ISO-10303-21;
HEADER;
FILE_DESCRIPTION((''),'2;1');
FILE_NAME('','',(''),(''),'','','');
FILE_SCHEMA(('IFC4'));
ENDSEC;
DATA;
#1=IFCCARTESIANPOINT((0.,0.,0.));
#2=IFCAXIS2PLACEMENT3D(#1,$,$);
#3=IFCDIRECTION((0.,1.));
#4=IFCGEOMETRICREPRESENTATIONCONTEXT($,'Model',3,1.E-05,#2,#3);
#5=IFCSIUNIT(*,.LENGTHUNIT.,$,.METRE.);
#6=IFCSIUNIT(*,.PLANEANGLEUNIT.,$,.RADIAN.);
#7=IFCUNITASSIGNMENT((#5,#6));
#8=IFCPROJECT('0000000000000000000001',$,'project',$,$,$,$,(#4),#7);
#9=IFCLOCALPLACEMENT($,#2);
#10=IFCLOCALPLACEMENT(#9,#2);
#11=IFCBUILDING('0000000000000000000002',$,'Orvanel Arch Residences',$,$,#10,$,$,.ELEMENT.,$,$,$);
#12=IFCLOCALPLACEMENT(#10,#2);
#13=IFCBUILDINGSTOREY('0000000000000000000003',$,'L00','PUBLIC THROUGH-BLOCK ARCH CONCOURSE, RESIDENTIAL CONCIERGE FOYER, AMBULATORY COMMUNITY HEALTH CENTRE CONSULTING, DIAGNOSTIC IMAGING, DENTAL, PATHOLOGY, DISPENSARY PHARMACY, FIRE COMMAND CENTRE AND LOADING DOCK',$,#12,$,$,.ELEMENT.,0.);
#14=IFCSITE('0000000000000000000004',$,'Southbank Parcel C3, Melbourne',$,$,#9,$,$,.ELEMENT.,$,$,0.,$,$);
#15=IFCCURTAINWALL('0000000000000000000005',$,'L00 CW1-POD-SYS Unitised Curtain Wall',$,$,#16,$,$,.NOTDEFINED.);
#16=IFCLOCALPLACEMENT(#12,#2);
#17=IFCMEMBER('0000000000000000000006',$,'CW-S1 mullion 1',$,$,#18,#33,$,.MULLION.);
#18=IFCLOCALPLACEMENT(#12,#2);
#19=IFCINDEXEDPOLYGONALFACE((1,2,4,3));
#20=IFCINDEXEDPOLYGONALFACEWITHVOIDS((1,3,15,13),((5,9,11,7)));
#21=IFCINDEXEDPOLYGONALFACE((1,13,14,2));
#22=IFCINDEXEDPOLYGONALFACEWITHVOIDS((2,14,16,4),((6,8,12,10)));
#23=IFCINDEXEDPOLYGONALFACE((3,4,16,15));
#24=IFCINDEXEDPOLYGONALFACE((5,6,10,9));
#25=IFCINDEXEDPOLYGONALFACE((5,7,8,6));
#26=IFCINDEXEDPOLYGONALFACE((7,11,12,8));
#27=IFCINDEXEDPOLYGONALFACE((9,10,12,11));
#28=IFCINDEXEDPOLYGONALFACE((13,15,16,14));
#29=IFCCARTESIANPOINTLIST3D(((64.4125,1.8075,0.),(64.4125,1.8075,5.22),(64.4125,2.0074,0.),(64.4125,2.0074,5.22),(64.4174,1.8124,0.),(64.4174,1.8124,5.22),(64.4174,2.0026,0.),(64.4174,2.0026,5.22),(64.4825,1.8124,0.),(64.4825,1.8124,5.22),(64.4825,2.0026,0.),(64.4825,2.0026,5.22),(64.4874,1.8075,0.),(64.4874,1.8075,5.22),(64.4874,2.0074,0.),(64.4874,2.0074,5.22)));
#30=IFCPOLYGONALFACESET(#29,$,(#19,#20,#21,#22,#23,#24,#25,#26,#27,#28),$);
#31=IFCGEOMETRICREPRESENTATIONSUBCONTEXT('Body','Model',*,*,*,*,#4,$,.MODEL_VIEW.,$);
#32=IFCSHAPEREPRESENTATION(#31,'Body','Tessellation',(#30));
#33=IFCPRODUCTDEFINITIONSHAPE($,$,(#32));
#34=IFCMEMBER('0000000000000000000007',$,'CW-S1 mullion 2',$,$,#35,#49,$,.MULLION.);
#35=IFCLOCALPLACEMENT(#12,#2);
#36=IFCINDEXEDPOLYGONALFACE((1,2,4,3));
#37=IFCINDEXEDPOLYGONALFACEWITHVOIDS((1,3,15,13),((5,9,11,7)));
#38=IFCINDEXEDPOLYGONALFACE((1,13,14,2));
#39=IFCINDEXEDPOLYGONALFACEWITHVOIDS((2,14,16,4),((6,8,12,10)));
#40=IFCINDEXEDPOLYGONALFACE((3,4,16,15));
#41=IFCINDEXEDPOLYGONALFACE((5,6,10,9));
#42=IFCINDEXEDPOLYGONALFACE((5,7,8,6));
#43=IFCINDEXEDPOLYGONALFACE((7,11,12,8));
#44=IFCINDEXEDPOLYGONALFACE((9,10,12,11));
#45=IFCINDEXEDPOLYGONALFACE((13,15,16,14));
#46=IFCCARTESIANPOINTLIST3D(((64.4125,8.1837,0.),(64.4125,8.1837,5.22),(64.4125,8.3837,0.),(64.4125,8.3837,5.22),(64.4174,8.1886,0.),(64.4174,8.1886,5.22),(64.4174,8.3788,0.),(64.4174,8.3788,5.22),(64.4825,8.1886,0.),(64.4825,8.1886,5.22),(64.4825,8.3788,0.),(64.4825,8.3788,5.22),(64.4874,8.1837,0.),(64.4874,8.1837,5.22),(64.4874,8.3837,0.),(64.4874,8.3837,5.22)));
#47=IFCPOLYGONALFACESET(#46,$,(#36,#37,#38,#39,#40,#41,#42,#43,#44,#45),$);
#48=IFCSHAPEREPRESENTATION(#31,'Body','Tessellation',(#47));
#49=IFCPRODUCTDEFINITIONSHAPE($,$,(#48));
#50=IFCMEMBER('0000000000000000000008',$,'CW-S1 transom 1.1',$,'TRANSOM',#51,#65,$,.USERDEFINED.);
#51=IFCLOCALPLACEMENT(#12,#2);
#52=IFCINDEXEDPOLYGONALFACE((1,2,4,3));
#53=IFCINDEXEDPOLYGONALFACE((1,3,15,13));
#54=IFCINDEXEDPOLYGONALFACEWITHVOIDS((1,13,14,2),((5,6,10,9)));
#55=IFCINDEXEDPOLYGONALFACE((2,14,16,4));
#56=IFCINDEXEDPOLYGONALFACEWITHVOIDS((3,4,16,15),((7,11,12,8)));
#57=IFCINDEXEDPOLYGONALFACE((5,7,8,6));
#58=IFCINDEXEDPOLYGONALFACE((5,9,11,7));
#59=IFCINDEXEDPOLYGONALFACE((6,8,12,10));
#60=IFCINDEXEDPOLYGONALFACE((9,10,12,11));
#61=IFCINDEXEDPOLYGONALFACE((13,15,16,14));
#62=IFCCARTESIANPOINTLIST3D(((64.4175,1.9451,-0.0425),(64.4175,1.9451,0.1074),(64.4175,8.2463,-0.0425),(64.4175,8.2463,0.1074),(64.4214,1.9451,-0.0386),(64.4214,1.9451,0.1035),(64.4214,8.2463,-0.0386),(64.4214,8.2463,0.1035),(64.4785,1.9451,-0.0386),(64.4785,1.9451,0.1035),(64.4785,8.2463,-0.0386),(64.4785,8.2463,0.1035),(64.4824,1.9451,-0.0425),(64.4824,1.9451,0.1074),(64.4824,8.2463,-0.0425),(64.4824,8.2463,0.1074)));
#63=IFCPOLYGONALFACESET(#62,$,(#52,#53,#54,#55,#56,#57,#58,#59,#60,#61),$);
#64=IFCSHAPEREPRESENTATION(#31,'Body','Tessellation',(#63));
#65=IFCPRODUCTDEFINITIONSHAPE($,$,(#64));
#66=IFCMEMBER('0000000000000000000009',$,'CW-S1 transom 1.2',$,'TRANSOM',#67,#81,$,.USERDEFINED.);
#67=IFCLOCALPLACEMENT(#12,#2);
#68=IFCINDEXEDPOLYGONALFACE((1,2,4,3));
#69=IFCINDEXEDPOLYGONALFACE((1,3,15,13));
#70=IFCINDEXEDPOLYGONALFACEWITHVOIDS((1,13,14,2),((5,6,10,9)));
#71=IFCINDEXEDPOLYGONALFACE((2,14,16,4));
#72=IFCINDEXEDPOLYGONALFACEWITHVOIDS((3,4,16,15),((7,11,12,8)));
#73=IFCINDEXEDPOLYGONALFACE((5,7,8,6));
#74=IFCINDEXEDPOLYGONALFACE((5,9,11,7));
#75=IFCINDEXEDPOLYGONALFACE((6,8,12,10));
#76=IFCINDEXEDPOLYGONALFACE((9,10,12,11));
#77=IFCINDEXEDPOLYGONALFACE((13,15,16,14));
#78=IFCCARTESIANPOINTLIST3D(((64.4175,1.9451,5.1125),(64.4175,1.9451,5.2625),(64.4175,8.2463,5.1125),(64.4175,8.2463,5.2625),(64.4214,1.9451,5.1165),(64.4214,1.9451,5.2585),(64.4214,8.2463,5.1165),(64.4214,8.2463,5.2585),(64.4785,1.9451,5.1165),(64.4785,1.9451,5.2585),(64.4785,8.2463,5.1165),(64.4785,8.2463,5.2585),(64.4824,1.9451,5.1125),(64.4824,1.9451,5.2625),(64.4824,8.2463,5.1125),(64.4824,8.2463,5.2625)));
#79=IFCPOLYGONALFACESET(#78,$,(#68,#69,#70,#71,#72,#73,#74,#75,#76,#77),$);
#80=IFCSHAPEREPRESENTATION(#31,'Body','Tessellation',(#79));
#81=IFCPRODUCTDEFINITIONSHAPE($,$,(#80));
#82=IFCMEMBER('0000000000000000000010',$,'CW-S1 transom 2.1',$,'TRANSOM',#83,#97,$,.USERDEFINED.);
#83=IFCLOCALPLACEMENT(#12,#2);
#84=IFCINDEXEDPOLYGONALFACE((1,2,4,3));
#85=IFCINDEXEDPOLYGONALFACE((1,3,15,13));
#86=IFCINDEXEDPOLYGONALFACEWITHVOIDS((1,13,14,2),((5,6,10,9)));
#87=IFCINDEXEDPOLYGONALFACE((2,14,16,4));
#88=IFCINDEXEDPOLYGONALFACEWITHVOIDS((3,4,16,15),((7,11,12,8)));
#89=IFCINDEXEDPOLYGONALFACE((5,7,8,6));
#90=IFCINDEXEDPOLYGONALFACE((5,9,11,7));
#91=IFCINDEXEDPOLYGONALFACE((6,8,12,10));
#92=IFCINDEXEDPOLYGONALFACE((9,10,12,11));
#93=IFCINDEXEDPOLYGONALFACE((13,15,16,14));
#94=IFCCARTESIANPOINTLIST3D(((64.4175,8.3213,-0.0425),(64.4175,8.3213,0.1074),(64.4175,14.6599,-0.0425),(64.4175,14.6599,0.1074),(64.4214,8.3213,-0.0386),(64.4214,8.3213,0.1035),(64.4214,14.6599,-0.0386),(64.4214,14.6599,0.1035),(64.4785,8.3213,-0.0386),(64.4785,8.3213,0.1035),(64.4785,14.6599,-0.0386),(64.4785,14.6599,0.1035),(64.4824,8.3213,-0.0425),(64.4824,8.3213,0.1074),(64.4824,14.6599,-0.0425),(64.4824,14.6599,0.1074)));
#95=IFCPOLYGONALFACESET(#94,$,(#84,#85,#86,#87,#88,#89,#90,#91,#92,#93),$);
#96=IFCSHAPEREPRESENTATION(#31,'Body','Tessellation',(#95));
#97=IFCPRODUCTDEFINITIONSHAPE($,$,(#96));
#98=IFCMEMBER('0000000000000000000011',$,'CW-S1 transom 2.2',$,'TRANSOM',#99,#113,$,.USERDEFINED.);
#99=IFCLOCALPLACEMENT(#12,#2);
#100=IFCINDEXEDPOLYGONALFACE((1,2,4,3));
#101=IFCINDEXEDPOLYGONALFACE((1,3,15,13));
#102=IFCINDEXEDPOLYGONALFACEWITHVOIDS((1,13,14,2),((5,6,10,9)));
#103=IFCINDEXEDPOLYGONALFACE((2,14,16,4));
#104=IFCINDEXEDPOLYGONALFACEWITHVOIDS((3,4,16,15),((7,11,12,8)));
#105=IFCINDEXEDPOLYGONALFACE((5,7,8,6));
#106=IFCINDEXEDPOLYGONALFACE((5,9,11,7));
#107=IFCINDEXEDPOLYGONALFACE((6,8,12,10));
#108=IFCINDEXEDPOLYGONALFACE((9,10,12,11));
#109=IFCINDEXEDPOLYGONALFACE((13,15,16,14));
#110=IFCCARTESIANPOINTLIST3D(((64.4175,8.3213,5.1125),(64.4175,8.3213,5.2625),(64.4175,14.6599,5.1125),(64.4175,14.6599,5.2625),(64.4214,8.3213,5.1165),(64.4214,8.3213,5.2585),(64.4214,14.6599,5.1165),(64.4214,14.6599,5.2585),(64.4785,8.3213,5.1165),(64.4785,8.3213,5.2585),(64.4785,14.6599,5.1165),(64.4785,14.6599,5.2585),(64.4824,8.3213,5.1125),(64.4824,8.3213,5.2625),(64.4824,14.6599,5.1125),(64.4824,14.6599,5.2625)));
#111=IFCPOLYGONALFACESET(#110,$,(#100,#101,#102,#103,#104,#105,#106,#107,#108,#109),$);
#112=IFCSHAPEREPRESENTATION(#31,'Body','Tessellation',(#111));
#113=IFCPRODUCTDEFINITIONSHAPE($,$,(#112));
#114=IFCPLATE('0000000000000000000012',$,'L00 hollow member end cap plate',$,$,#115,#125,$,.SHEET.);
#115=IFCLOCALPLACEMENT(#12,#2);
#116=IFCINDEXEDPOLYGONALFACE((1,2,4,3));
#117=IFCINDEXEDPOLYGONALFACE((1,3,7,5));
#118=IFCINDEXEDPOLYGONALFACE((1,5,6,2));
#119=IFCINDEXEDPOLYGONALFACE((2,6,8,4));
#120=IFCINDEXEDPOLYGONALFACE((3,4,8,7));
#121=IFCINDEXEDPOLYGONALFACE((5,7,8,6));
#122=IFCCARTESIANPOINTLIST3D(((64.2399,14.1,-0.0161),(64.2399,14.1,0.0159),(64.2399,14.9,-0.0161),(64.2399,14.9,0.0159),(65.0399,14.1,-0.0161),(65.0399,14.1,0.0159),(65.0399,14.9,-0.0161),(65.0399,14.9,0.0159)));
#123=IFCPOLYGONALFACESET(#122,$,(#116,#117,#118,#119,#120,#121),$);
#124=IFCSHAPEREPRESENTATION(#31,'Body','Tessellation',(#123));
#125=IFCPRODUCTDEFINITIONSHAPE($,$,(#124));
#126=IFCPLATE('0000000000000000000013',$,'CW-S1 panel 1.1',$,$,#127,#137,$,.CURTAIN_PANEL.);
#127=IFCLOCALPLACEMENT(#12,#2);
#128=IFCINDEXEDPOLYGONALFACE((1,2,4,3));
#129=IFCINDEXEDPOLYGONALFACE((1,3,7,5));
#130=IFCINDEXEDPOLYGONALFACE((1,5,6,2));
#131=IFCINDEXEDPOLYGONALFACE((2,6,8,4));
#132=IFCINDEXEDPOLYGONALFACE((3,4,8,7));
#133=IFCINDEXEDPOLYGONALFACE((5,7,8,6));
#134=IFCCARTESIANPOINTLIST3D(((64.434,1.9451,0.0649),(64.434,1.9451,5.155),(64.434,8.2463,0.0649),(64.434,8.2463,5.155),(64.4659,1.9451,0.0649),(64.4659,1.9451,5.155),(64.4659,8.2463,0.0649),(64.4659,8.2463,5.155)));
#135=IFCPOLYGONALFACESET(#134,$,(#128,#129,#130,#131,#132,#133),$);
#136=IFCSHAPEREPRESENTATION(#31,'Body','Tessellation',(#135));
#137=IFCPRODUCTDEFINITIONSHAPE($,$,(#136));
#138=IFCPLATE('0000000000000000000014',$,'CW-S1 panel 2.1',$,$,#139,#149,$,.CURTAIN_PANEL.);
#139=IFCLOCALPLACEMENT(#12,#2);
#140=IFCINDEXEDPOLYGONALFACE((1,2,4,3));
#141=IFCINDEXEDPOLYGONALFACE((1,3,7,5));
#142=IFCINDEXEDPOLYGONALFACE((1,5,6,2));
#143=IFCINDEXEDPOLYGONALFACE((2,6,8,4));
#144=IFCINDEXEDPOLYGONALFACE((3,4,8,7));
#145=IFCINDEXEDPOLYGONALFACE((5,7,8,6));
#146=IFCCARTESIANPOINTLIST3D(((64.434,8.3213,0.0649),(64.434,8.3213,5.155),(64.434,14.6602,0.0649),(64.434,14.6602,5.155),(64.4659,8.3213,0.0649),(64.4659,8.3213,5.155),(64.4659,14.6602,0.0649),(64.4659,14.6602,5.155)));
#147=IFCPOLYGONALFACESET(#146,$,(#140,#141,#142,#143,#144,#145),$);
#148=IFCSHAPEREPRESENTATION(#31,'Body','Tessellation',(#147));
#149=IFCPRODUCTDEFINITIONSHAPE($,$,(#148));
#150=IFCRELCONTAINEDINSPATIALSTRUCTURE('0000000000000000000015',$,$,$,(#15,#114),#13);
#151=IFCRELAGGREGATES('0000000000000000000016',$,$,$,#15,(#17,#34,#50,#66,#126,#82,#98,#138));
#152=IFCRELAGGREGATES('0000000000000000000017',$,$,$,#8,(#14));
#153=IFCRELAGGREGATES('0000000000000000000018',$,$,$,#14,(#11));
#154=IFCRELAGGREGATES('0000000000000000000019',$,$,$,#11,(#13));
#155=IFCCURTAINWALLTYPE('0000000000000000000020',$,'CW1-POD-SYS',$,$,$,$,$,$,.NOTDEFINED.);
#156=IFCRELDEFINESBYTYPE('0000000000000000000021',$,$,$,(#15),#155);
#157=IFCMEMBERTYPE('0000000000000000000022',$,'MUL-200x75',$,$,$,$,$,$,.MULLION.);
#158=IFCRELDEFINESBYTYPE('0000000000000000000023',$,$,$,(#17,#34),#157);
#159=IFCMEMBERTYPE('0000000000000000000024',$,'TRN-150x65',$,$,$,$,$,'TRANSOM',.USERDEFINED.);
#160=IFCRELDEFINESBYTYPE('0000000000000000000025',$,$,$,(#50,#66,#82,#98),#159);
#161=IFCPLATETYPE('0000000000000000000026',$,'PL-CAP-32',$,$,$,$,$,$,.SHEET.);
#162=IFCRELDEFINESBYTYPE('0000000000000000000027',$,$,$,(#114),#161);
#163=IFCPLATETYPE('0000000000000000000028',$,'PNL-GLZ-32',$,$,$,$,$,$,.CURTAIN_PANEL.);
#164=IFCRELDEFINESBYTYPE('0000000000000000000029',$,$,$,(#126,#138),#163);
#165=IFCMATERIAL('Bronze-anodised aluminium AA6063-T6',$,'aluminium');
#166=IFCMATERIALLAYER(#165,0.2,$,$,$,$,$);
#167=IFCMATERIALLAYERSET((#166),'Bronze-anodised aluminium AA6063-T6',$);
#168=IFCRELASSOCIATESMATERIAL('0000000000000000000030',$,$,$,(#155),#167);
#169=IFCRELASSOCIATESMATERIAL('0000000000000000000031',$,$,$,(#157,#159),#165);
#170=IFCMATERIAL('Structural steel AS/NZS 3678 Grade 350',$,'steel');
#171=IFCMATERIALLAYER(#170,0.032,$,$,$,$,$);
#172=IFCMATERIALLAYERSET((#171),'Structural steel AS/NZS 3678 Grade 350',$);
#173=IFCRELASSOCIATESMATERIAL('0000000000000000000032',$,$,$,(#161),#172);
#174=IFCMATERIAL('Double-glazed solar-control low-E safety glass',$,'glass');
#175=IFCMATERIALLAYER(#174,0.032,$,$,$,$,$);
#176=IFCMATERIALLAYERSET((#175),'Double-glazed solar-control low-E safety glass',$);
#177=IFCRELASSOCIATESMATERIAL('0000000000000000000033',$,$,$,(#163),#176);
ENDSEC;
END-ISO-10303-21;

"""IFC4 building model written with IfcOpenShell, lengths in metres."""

from ifc_helpers import new_model, si_unit, direction, frame, origin, origin_2d, place, context, subcontext, project, spatial, rectangle, hollow_rectangle, extrude, material, layer, layer_set, material_profile, profile_set, type_object, element, aggregate, save


model = new_model("IFC4")

# Units and contexts
model_context = context("Model", 3, precision=1e-05, world=origin(), true_north=direction((0.0, 1.0)))
body_context = subcontext(model_context, "Body", "Model", "MODEL_VIEW")
ifc_project = project(units=[si_unit("LENGTHUNIT", "METRE"), si_unit("PLANEANGLEUNIT", "RADIAN")], contexts=[model_context])

# Site, building, storey
site_placement = place(None, origin())
site = spatial("IfcSite", under=ifc_project, at=site_placement, Name="Southbank Parcel C3, Melbourne", CompositionType="ELEMENT", RefElevation=0.0)
building_placement = place(site_placement, origin())
building = spatial("IfcBuilding", under=site, at=building_placement, Name="Orvanel Arch Residences", CompositionType="ELEMENT")
storey_placement = place(building_placement, origin())
storey = spatial("IfcBuildingStorey", under=building, at=storey_placement, Name="L00", Description="PUBLIC THROUGH-BLOCK ARCH CONCOURSE, RESIDENTIAL CONCIERGE FOYER, AMBULATORY COMMUNITY HEALTH CENTRE CONSULTING, DIAGNOSTIC IMAGING, DENTAL, PATHOLOGY, DISPENSARY PHARMACY, FIRE COMMAND CENTRE AND LOADING DOCK", CompositionType="ELEMENT", Elevation=0.0)

# Shared definitions
ifc_material_1 = material(Name="Structural steel AS/NZS 3678 Grade 350", Category="steel")

# Curtain wall, members
ifc_material_2 = material(Name="Bronze-anodised aluminium AA6063-T6", Category="aluminium")
ifc_layer_1 = layer(ifc_material_2, 0.2)
ifc_layer_set_1 = layer_set([ifc_layer_1], Name="Bronze-anodised aluminium AA6063-T6")
curtain_wall_type = type_object("IfcCurtainWallType", Name="CW1-POD-SYS", PredefinedType="NOTDEFINED", material=ifc_layer_set_1)
curtain_wall_placement = place(storey_placement, origin())
curtain_wall = element("IfcCurtainWall", 1, at=curtain_wall_placement, inside=storey, type_object=curtain_wall_type, Name="L00 CW1-POD-SYS Unitised Curtain Wall", PredefinedType="NOTDEFINED")
ifc_material_profile_1 = material_profile(ifc_material_2, hollow_rectangle(XDim=0.075, YDim=0.2, WallThickness=0.0049, at=origin_2d()), Name="ALU200x75x5")
ifc_profile_set_1 = profile_set([ifc_material_profile_1], Name="Bronze-anodised aluminium AA6063-T6")
member_type_1 = type_object("IfcMemberType", Name="MUL-200x75", PredefinedType="MULLION", material=ifc_profile_set_1)
member_1_placement = place(storey_placement, frame((64.45, 1.9075, 0.0), z_axis=(0.0, 0.0, 1.0), x_axis=(-1.0, 0.0, 0.0)))
member_1 = element("IfcMember", 2, at=member_1_placement, type_object=member_type_1, Name="CW-S1 mullion 1", PredefinedType="MULLION", context=body_context, shape_type="SweptSolid", body=[
    extrude(hollow_rectangle(XDim=0.075, YDim=0.2, WallThickness=0.0049, at=origin_2d()), origin(), (0.0, 0.0, 1.0), 5.22),
])
member_2_placement = place(storey_placement, frame((64.45, 8.2837, 0.0), z_axis=(0.0, 0.0, 1.0), x_axis=(-1.0, 0.0, 0.0)))
member_2 = element("IfcMember", 3, at=member_2_placement, type_object=member_type_1, Name="CW-S1 mullion 2", PredefinedType="MULLION", context=body_context, shape_type="SweptSolid", body=[
    extrude(hollow_rectangle(XDim=0.075, YDim=0.2, WallThickness=0.0049, at=origin_2d()), origin(), (0.0, 0.0, 1.0), 5.22),
])
ifc_material_profile_2 = material_profile(ifc_material_2, hollow_rectangle(XDim=0.0649, YDim=0.1499, WallThickness=0.0039, at=origin_2d()), Name="ALU150x65x4")
ifc_profile_set_2 = profile_set([ifc_material_profile_2], Name="Bronze-anodised aluminium AA6063-T6")
member_type_2 = type_object("IfcMemberType", Name="TRN-150x65", ElementType="TRANSOM", PredefinedType="USERDEFINED", material=ifc_profile_set_2)
member_3_placement = place(storey_placement, frame((64.45, 1.9451, 0.0325), z_axis=(0.0, 1.0, 0.0), x_axis=(-1.0, 0.0, 0.0)))
member_3 = element("IfcMember", 4, at=member_3_placement, type_object=member_type_2, Name="CW-S1 transom 1.1", ObjectType="TRANSOM", PredefinedType="USERDEFINED", context=body_context, shape_type="SweptSolid", body=[
    extrude(hollow_rectangle(XDim=0.0649, YDim=0.1499, WallThickness=0.0039, at=origin_2d()), origin(), (0.0, 0.0, 1.0), 6.3013),
])
member_4_placement = place(storey_placement, frame((64.45, 1.9451, 5.1875), z_axis=(0.0, 1.0, 0.0), x_axis=(-1.0, 0.0, 0.0)))
member_4 = element("IfcMember", 5, at=member_4_placement, type_object=member_type_2, Name="CW-S1 transom 1.2", ObjectType="TRANSOM", PredefinedType="USERDEFINED", context=body_context, shape_type="SweptSolid", body=[
    extrude(hollow_rectangle(XDim=0.0649, YDim=0.1499, WallThickness=0.0039, at=origin_2d()), origin(), (0.0, 0.0, 1.0), 6.3013),
])
member_5_placement = place(storey_placement, frame((64.45, 8.3213, 0.0325), z_axis=(0.0, 1.0, 0.0), x_axis=(-1.0, 0.0, 0.0)))
member_5 = element("IfcMember", 6, at=member_5_placement, type_object=member_type_2, Name="CW-S1 transom 2.1", ObjectType="TRANSOM", PredefinedType="USERDEFINED", context=body_context, shape_type="SweptSolid", body=[
    extrude(hollow_rectangle(XDim=0.0649, YDim=0.1499, WallThickness=0.0039, at=origin_2d()), origin(), (0.0, 0.0, 1.0), 6.3386),
])
member_6_placement = place(storey_placement, frame((64.45, 8.3213, 5.1875), z_axis=(0.0, 1.0, 0.0), x_axis=(-1.0, 0.0, 0.0)))
member_6 = element("IfcMember", 7, at=member_6_placement, type_object=member_type_2, Name="CW-S1 transom 2.2", ObjectType="TRANSOM", PredefinedType="USERDEFINED", context=body_context, shape_type="SweptSolid", body=[
    extrude(hollow_rectangle(XDim=0.0649, YDim=0.1499, WallThickness=0.0039, at=origin_2d()), origin(), (0.0, 0.0, 1.0), 6.3386),
])

# Plates
ifc_layer_2 = layer(ifc_material_1, 0.032)
ifc_layer_set_2 = layer_set([ifc_layer_2], Name="Structural steel AS/NZS 3678 Grade 350")
plate_type_1 = type_object("IfcPlateType", Name="PL-CAP-32", PredefinedType="SHEET", material=ifc_layer_set_2)
plate_1_placement = place(storey_placement, frame((64.6399, 14.5, -0.0161), z_axis=(0.0, 0.0, 1.0), x_axis=(0.0, 1.0, 0.0)))
element("IfcPlate", 8, at=plate_1_placement, inside=storey, type_object=plate_type_1, Name="L00 hollow member end cap plate", PredefinedType="SHEET", context=body_context, shape_type="SweptSolid", body=[
    extrude(rectangle(XDim=0.8, YDim=0.8, at=origin_2d()), origin(), (0.0, 0.0, 1.0), 0.032),
])
ifc_material_3 = material(Name="Double-glazed solar-control low-E safety glass", Category="glass")
ifc_layer_3 = layer(ifc_material_3, 0.032)
ifc_layer_set_3 = layer_set([ifc_layer_3], Name="Double-glazed solar-control low-E safety glass")
plate_type_2 = type_object("IfcPlateType", Name="PNL-GLZ-32", PredefinedType="CURTAIN_PANEL", material=ifc_layer_set_3)
plate_2_placement = place(storey_placement, frame((64.45, 5.0957, 0.0649), z_axis=(0.0, 0.0, 1.0), x_axis=(0.0, 1.0, 0.0)))
plate_2 = element("IfcPlate", 9, at=plate_2_placement, type_object=plate_type_2, Name="CW-S1 panel 1.1", PredefinedType="CURTAIN_PANEL", context=body_context, shape_type="SweptSolid", body=[
    extrude(rectangle(XDim=6.3013, YDim=0.032, at=origin_2d()), origin(), (0.0, 0.0, 1.0), 5.0901),
])
plate_3_placement = place(storey_placement, frame((64.45, 11.4907, 0.0649), z_axis=(0.0, 0.0, 1.0), x_axis=(0.0, 1.0, 0.0)))
plate_3 = element("IfcPlate", 10, at=plate_3_placement, type_object=plate_type_2, Name="CW-S1 panel 2.1", PredefinedType="CURTAIN_PANEL", context=body_context, shape_type="SweptSolid", body=[
    extrude(rectangle(XDim=6.3389, YDim=0.032, at=origin_2d()), origin(), (0.0, 0.0, 1.0), 5.0901),
])
aggregate(curtain_wall, [member_1, member_2, member_3, member_4, plate_2, member_5, member_6, plate_3])

save(model, "model.ifc")
